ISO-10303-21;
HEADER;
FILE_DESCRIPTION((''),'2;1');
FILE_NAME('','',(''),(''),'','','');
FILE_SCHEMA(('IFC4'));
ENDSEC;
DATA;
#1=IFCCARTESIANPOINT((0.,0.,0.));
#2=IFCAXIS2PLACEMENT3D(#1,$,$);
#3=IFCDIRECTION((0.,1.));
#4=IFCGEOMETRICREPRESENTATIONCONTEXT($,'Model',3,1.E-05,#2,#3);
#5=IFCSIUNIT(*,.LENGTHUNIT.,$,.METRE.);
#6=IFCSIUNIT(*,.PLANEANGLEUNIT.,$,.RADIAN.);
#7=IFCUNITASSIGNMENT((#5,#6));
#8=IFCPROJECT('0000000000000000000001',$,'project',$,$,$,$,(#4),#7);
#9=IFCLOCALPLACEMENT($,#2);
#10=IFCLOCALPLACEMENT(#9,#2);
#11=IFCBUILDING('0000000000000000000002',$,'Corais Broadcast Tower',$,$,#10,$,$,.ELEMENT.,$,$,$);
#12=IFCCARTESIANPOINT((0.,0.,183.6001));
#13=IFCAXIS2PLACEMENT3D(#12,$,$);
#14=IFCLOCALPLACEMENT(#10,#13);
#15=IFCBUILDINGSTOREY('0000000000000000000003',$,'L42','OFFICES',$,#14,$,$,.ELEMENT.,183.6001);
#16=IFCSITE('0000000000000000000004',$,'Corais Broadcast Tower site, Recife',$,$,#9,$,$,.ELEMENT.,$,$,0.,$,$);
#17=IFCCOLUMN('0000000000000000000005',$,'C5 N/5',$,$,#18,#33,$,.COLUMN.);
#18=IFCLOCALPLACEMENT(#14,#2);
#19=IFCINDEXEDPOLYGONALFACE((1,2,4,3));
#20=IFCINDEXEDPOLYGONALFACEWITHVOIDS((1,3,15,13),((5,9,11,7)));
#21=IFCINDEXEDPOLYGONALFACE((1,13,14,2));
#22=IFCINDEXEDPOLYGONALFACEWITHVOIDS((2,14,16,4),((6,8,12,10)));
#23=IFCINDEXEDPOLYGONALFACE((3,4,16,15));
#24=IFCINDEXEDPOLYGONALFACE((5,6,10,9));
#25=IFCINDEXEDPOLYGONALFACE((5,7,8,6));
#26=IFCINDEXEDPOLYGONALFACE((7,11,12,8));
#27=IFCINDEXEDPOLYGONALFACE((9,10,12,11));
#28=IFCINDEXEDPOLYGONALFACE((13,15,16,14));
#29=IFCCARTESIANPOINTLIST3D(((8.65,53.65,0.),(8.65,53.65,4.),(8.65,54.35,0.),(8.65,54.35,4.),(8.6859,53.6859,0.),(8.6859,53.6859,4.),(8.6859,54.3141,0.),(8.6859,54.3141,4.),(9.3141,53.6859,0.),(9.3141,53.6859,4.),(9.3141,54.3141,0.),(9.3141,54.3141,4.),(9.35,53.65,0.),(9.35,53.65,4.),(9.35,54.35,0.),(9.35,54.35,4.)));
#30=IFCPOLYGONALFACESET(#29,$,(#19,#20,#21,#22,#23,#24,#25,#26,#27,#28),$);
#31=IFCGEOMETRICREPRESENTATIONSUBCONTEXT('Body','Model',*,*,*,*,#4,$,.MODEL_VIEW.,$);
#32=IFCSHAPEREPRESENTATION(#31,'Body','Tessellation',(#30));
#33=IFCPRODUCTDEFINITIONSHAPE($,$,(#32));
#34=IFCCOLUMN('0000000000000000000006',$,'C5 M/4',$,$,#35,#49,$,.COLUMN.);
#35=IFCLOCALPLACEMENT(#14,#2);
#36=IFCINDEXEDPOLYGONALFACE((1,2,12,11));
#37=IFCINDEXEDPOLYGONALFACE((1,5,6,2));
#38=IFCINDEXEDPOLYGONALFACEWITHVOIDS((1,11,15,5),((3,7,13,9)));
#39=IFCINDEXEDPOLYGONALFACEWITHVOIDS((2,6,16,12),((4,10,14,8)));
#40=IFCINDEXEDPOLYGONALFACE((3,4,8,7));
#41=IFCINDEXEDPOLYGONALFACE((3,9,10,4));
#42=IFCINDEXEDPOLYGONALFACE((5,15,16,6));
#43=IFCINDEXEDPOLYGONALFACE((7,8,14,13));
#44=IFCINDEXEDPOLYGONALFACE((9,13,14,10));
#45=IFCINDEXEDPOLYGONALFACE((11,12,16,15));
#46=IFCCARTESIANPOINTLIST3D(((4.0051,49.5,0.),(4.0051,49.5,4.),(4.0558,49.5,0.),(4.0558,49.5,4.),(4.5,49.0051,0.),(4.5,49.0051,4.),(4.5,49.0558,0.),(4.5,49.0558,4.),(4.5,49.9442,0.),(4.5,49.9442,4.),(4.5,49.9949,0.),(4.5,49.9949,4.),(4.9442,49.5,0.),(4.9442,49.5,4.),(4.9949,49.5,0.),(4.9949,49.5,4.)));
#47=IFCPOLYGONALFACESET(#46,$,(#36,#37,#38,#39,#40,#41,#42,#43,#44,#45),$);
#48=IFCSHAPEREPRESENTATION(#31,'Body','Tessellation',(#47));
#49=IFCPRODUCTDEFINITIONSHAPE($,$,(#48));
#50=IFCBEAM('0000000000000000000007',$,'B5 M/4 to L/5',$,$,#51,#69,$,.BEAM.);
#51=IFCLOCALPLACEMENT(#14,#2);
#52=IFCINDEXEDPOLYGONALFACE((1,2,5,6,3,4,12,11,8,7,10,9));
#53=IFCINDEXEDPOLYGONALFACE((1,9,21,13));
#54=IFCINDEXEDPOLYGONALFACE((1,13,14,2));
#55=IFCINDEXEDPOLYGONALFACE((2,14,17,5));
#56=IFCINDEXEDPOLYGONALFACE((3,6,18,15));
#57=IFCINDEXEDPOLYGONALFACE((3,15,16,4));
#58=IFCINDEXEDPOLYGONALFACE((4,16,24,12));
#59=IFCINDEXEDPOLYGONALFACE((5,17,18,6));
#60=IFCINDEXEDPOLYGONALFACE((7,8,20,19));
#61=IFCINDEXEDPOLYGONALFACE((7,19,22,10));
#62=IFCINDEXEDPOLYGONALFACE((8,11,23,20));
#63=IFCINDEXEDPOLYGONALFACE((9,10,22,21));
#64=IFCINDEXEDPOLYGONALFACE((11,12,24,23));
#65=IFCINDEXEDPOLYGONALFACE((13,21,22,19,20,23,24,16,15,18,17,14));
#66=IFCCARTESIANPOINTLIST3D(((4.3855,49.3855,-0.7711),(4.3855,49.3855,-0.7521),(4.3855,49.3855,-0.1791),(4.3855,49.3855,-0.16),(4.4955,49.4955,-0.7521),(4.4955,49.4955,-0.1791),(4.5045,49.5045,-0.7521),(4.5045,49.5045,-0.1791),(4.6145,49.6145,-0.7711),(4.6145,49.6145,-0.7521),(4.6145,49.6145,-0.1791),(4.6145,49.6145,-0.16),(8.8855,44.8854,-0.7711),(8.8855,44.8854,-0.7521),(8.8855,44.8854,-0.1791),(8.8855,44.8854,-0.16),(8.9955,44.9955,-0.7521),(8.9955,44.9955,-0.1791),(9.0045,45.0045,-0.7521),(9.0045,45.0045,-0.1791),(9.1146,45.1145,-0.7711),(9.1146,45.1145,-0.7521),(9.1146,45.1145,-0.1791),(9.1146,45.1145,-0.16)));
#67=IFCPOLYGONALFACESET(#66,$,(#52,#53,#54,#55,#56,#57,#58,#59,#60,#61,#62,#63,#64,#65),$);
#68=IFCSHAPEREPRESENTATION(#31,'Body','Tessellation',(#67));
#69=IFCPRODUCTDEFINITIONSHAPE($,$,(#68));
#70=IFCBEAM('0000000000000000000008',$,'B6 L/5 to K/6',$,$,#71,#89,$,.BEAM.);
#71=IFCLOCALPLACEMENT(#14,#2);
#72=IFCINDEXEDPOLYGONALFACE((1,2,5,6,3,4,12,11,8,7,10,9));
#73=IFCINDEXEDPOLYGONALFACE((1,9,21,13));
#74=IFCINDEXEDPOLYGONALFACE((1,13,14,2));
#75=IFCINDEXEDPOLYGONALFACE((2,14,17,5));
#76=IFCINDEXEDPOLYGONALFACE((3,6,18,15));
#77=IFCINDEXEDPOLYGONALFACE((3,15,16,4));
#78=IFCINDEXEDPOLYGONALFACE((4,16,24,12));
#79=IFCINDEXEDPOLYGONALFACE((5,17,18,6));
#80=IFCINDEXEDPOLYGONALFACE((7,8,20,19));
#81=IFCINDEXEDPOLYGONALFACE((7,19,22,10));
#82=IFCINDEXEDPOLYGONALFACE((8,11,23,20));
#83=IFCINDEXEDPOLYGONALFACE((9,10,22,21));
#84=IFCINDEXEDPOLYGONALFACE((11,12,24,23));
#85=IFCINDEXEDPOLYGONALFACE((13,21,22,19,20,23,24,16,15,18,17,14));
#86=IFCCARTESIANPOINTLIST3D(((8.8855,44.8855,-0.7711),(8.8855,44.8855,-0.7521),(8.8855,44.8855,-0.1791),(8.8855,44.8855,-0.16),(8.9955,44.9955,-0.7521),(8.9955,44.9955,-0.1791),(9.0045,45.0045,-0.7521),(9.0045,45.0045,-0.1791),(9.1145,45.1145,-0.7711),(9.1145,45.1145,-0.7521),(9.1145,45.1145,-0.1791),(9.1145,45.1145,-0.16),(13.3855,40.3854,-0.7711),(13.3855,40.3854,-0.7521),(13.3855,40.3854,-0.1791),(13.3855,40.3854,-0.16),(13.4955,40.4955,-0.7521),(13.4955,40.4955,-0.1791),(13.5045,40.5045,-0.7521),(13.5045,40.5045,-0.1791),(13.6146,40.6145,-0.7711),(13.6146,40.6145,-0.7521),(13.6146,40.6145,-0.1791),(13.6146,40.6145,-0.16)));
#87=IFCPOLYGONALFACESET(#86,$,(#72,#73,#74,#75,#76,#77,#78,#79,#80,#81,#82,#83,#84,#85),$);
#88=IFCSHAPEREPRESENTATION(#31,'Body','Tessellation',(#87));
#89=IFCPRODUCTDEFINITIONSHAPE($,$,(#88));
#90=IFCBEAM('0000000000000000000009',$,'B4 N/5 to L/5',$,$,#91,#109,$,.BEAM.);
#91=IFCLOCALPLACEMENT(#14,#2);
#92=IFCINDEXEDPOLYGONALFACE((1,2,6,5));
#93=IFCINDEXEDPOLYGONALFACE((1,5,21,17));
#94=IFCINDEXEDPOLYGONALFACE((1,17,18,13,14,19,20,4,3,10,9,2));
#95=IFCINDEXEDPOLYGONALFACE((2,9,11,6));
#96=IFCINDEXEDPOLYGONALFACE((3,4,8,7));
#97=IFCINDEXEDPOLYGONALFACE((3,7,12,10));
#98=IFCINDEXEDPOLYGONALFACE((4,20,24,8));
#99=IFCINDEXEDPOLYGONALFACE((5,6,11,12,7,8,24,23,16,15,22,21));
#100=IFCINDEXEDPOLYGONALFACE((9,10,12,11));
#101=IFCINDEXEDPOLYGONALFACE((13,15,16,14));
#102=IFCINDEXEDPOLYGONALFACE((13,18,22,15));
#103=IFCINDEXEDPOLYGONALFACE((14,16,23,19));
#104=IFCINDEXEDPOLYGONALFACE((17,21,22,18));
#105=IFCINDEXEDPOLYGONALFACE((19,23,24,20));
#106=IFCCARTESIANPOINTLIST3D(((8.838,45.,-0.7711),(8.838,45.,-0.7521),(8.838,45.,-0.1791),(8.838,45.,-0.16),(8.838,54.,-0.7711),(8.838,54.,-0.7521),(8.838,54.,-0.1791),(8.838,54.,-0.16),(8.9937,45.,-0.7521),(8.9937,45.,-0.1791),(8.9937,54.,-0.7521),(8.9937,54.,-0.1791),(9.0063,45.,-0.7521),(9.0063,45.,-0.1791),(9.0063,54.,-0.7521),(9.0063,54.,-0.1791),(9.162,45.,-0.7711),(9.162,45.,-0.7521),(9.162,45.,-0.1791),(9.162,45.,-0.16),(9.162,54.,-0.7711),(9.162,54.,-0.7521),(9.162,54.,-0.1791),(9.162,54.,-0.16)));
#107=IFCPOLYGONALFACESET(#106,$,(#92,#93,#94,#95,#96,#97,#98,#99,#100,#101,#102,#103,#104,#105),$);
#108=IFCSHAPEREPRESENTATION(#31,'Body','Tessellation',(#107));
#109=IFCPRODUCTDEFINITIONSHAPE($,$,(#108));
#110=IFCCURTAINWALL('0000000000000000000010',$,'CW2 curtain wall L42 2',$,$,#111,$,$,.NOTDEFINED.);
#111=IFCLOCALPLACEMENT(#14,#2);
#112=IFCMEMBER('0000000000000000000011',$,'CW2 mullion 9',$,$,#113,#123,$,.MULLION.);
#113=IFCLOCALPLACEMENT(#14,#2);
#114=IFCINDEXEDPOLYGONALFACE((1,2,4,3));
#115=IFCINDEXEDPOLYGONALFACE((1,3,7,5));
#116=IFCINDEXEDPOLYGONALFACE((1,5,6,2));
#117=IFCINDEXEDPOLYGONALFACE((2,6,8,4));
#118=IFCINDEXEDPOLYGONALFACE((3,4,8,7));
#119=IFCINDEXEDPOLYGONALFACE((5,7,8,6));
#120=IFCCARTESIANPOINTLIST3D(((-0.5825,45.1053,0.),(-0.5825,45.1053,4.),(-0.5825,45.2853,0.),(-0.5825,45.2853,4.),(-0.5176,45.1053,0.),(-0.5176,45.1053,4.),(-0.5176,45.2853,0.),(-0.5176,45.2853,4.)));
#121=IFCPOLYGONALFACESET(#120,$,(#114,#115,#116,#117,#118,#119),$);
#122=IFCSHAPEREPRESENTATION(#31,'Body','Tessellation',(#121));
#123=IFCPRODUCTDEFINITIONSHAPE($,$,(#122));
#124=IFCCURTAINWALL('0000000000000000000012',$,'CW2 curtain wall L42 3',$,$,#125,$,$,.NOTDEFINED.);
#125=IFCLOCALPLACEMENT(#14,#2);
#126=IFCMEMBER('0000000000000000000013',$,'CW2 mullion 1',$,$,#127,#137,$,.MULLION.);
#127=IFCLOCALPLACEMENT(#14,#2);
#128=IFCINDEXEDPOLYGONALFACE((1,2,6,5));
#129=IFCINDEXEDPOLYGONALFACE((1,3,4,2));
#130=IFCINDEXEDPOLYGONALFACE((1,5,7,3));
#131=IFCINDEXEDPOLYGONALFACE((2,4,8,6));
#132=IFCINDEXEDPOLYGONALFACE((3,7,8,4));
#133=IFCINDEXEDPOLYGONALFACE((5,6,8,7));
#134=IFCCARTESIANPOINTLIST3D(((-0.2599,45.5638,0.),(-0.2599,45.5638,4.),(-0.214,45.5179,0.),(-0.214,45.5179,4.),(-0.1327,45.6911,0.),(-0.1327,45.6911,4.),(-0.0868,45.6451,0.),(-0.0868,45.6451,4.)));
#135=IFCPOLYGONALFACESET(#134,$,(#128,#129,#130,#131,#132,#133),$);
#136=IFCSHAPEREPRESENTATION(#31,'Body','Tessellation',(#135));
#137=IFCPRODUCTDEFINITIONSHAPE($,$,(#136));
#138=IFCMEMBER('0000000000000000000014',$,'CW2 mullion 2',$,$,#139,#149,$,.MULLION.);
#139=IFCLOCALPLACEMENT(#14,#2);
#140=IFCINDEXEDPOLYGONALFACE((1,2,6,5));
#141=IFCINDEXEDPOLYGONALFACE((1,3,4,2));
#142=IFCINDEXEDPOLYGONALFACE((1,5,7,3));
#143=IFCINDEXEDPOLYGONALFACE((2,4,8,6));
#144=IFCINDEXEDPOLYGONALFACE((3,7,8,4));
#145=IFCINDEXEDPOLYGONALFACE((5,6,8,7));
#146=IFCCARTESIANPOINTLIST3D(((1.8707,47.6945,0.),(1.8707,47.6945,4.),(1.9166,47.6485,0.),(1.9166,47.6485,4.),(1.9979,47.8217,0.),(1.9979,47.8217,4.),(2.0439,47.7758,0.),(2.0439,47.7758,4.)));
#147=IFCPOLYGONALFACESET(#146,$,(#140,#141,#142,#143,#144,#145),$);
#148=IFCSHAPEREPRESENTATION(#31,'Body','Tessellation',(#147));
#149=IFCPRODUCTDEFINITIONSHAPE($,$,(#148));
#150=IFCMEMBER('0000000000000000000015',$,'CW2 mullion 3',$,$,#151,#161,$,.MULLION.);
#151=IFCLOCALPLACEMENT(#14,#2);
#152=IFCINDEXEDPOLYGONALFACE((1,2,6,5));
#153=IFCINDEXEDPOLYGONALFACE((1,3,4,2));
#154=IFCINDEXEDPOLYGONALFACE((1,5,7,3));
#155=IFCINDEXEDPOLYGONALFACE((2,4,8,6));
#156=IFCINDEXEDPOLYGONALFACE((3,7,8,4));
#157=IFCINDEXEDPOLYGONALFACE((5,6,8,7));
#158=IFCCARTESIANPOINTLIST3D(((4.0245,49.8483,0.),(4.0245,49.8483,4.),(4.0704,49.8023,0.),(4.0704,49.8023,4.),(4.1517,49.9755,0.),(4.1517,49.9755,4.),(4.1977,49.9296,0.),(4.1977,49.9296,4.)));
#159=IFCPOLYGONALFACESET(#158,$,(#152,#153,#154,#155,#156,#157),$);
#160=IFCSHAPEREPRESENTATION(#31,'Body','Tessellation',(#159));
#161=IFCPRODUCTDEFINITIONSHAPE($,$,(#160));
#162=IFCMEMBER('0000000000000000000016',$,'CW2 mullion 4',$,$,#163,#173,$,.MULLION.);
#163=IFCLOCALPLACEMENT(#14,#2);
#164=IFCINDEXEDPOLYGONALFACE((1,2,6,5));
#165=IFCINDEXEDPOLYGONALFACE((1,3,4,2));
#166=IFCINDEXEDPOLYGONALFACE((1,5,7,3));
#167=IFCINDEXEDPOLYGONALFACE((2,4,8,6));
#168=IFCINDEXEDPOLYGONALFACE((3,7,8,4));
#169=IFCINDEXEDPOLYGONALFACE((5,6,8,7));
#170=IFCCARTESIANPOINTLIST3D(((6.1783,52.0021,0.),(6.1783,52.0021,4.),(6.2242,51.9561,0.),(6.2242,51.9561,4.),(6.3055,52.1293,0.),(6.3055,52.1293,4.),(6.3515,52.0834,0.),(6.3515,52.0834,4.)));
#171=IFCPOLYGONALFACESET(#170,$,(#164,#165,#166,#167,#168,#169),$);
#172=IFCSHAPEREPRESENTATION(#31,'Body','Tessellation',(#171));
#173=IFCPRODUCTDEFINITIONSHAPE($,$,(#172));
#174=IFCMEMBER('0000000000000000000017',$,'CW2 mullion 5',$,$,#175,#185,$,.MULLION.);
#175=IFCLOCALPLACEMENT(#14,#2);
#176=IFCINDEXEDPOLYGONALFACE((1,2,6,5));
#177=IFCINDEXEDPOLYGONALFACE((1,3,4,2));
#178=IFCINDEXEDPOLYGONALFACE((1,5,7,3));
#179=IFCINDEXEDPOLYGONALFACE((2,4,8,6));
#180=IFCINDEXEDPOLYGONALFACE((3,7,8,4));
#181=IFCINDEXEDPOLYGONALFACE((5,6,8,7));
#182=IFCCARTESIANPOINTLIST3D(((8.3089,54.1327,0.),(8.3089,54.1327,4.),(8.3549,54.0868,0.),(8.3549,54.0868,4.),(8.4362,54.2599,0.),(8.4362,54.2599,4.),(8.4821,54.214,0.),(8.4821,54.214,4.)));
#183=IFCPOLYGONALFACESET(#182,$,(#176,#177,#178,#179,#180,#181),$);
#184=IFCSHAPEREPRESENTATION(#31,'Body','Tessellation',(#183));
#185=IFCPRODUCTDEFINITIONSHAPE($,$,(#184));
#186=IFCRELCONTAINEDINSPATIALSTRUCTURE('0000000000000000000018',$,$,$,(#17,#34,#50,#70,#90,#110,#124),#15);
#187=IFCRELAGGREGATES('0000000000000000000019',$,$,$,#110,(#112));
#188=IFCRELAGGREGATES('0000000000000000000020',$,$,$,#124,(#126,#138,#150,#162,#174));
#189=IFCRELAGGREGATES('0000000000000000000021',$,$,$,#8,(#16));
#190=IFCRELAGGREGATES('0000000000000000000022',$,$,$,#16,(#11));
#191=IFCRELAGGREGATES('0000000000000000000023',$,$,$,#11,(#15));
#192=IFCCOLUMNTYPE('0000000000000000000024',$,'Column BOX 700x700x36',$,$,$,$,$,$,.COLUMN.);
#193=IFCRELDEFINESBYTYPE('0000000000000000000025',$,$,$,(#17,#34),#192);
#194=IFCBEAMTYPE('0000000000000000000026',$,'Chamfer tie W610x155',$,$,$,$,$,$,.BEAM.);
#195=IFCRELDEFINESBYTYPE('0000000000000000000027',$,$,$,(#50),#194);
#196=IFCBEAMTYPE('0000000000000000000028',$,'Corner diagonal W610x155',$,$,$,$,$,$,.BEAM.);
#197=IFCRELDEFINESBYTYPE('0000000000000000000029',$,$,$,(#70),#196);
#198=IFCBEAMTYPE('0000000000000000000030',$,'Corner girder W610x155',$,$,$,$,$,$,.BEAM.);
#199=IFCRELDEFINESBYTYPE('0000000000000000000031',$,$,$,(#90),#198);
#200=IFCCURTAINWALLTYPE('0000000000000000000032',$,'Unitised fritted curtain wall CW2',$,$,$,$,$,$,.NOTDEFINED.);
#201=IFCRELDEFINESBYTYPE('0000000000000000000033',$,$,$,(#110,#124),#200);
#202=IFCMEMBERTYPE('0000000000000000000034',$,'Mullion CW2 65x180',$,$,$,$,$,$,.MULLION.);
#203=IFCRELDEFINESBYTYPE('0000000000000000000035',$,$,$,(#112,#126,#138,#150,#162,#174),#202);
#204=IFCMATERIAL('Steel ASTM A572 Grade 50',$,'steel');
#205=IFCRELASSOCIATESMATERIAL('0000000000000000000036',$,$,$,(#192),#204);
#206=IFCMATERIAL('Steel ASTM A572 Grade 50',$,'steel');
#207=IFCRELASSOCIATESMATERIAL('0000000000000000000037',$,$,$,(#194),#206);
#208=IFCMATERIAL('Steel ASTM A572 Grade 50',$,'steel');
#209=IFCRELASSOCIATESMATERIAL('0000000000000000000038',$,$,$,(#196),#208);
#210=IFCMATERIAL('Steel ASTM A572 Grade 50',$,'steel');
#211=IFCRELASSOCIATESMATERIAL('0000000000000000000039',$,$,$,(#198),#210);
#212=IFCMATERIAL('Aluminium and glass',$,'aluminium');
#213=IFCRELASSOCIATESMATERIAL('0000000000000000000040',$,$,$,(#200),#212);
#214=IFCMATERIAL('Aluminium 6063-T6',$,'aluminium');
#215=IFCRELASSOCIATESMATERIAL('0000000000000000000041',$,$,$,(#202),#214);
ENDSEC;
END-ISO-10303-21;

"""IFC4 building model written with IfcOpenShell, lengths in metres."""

from ifc_helpers import new_model, si_unit, direction, frame, origin, origin_2d, place, context, subcontext, project, spatial, rectangle, hollow_rectangle, i_section, extrude, material, material_profile, profile_set, type_object, element, aggregate, save


model = new_model("IFC4")

# Units and contexts
model_context = context("Model", 3, precision=1e-05, world=origin(), true_north=direction((0.0, 1.0)))
body_context = subcontext(model_context, "Body", "Model", "MODEL_VIEW")
ifc_project = project(units=[si_unit("LENGTHUNIT", "METRE"), si_unit("PLANEANGLEUNIT", "RADIAN")], contexts=[model_context])

# Site, building, storey
site_placement = place(None, origin())
site = spatial("IfcSite", under=ifc_project, at=site_placement, Name="Corais Broadcast Tower site, Recife", CompositionType="ELEMENT", RefElevation=0.0)
building_placement = place(site_placement, origin())
building = spatial("IfcBuilding", under=site, at=building_placement, Name="Corais Broadcast Tower", CompositionType="ELEMENT")
storey_placement = place(building_placement, frame((0.0, 0.0, 183.6001)))
storey = spatial("IfcBuildingStorey", under=building, at=storey_placement, Name="L42", Description="OFFICES", CompositionType="ELEMENT", Elevation=183.6001)

# Columns
ifc_material_1 = material(Name="Steel ASTM A572 Grade 50", Category="steel")
ifc_material_profile_1 = material_profile(ifc_material_1, hollow_rectangle(XDim=0.7, YDim=0.7, WallThickness=0.0359, at=origin_2d()), Name="BOX 700x700x36")
ifc_profile_set_1 = profile_set([ifc_material_profile_1], Name="Steel ASTM A572 Grade 50")
column_type = type_object("IfcColumnType", Name="Column BOX 700x700x36", PredefinedType="COLUMN", material=ifc_profile_set_1)
for number, where, z_axis, x_axis, name in (
    (1, (9.0, 54.0, 0.0), (0.0, 0.0, 1.0), (1.0, 0.0, 0.0), "C5 N/5"),
    (2, (4.5, 49.5, 0.0), (0.0, 0.0, 1.0), (0.707107, 0.707107, 0.0), "C5 M/4"),
):
    element("IfcColumn", number, at=place(storey_placement, frame(where, z_axis=z_axis, x_axis=x_axis)), inside=storey, type_object=column_type, Name=name, PredefinedType="COLUMN", context=body_context, shape_type="SweptSolid", body=[
        extrude(hollow_rectangle(XDim=0.7, YDim=0.7, WallThickness=0.0359, at=origin_2d()), origin(), (0.0, 0.0, 1.0), 4.0),
    ])

# Beams
ifc_material_2 = material(Name="Steel ASTM A572 Grade 50", Category="steel")
ifc_material_profile_2 = material_profile(ifc_material_2, i_section(OverallWidth=0.324, OverallDepth=0.6111, WebThickness=0.0127, FlangeThickness=0.019, at=origin_2d()), Name="W610x155")
ifc_profile_set_2 = profile_set([ifc_material_profile_2], Name="Steel ASTM A572 Grade 50")
beam_type_1 = type_object("IfcBeamType", Name="Chamfer tie W610x155", PredefinedType="BEAM", material=ifc_profile_set_2)
beam_1_placement = place(storey_placement, frame((4.5, 49.5, -0.4656), z_axis=(0.707107, -0.707107, 0.0), x_axis=(0.707107, 0.707107, 0.0)))
element("IfcBeam", 3, at=beam_1_placement, inside=storey, type_object=beam_type_1, Name="B5 M/4 to L/5", PredefinedType="BEAM", context=body_context, shape_type="SweptSolid", body=[
    extrude(i_section(OverallWidth=0.324, OverallDepth=0.6111, WebThickness=0.0127, FlangeThickness=0.019, at=origin_2d()), origin(), (0.0, 0.0, 1.0), 6.364),
])
ifc_material_3 = material(Name="Steel ASTM A572 Grade 50", Category="steel")
ifc_material_profile_3 = material_profile(ifc_material_3, i_section(OverallWidth=0.324, OverallDepth=0.6111, WebThickness=0.0127, FlangeThickness=0.019, at=origin_2d()), Name="W610x155")
ifc_profile_set_3 = profile_set([ifc_material_profile_3], Name="Steel ASTM A572 Grade 50")
beam_type_2 = type_object("IfcBeamType", Name="Corner diagonal W610x155", PredefinedType="BEAM", material=ifc_profile_set_3)
beam_2_placement = place(storey_placement, frame((9.0, 45.0, -0.4656), z_axis=(0.707107, -0.707107, 0.0), x_axis=(0.707107, 0.707107, 0.0)))
element("IfcBeam", 4, at=beam_2_placement, inside=storey, type_object=beam_type_2, Name="B6 L/5 to K/6", PredefinedType="BEAM", context=body_context, shape_type="SweptSolid", body=[
    extrude(i_section(OverallWidth=0.324, OverallDepth=0.6111, WebThickness=0.0127, FlangeThickness=0.019, at=origin_2d()), origin(), (0.0, 0.0, 1.0), 6.364),
])
ifc_material_4 = material(Name="Steel ASTM A572 Grade 50", Category="steel")
ifc_material_profile_4 = material_profile(ifc_material_4, i_section(OverallWidth=0.324, OverallDepth=0.6111, WebThickness=0.0127, FlangeThickness=0.019, at=origin_2d()), Name="W610x155")
ifc_profile_set_4 = profile_set([ifc_material_profile_4], Name="Steel ASTM A572 Grade 50")
beam_type_3 = type_object("IfcBeamType", Name="Corner girder W610x155", PredefinedType="BEAM", material=ifc_profile_set_4)
beam_3_placement = place(storey_placement, frame((9.0, 54.0, -0.4656), z_axis=(0.0, -1.0, 0.0), x_axis=(1.0, 0.0, 0.0)))
element("IfcBeam", 5, at=beam_3_placement, inside=storey, type_object=beam_type_3, Name="B4 N/5 to L/5", PredefinedType="BEAM", context=body_context, shape_type="SweptSolid", body=[
    extrude(i_section(OverallWidth=0.324, OverallDepth=0.6111, WebThickness=0.0127, FlangeThickness=0.019, at=origin_2d()), origin(), (0.0, 0.0, 1.0), 9.0),
])

# Curtain wall, member
ifc_material_5 = material(Name="Aluminium and glass", Category="aluminium")
curtain_wall_type = type_object("IfcCurtainWallType", Name="Unitised fritted curtain wall CW2", PredefinedType="NOTDEFINED", material=ifc_material_5)
curtain_wall_1_placement = place(storey_placement, origin())
curtain_wall_1 = element("IfcCurtainWall", 6, at=curtain_wall_1_placement, inside=storey, type_object=curtain_wall_type, Name="CW2 curtain wall L42 2", PredefinedType="NOTDEFINED")
ifc_material_6 = material(Name="Aluminium 6063-T6", Category="aluminium")
ifc_material_profile_5 = material_profile(ifc_material_6, rectangle(XDim=0.0649, YDim=0.1799, at=origin_2d()), Name="Mullion CW2 65x180")
ifc_profile_set_5 = profile_set([ifc_material_profile_5], Name="Aluminium 6063-T6")
member_type_1 = type_object("IfcMemberType", Name="Mullion CW2 65x180", PredefinedType="MULLION", material=ifc_profile_set_5)
member_1_placement = place(storey_placement, frame((-0.55, 45.1953, 0.0), z_axis=(0.0, 0.0, 1.0), x_axis=(-1.0, 0.0, 0.0)))
member_1 = element("IfcMember", 7, at=member_1_placement, type_object=member_type_1, Name="CW2 mullion 9", PredefinedType="MULLION", context=body_context, shape_type="SweptSolid", body=[
    extrude(rectangle(XDim=0.0649, YDim=0.1799, at=origin_2d()), origin(), (0.0, 0.0, 1.0), 4.0),
])
aggregate(curtain_wall_1, [member_1])

# Curtain wall, members
curtain_wall_2_placement = place(storey_placement, origin())
curtain_wall_2 = element("IfcCurtainWall", 8, at=curtain_wall_2_placement, inside=storey, type_object=curtain_wall_type, Name="CW2 curtain wall L42 3", PredefinedType="NOTDEFINED")
member_2_placement = place(storey_placement, frame((-0.1733, 45.6045, 0.0), z_axis=(0.0, 0.0, 1.0), x_axis=(-0.707107, 0.707107, 0.0)))
member_2 = element("IfcMember", 9, at=member_2_placement, type_object=member_type_1, Name="CW2 mullion 1", PredefinedType="MULLION", context=body_context, shape_type="SweptSolid", body=[
    extrude(rectangle(XDim=0.0649, YDim=0.1799, at=origin_2d()), origin(), (0.0, 0.0, 1.0), 4.0),
])
member_3_placement = place(storey_placement, frame((1.9573, 47.7351, 0.0), z_axis=(0.0, 0.0, 1.0), x_axis=(-0.707107, 0.707107, 0.0)))
member_3 = element("IfcMember", 10, at=member_3_placement, type_object=member_type_1, Name="CW2 mullion 2", PredefinedType="MULLION", context=body_context, shape_type="SweptSolid", body=[
    extrude(rectangle(XDim=0.0649, YDim=0.1799, at=origin_2d()), origin(), (0.0, 0.0, 1.0), 4.0),
])
member_4_placement = place(storey_placement, frame((4.1111, 49.8889, 0.0), z_axis=(0.0, 0.0, 1.0), x_axis=(-0.707107, 0.707107, 0.0)))
member_4 = element("IfcMember", 11, at=member_4_placement, type_object=member_type_1, Name="CW2 mullion 3", PredefinedType="MULLION", context=body_context, shape_type="SweptSolid", body=[
    extrude(rectangle(XDim=0.0649, YDim=0.1799, at=origin_2d()), origin(), (0.0, 0.0, 1.0), 4.0),
])
member_5_placement = place(storey_placement, frame((6.2649, 52.0427, 0.0), z_axis=(0.0, 0.0, 1.0), x_axis=(-0.707107, 0.707107, 0.0)))
member_5 = element("IfcMember", 12, at=member_5_placement, type_object=member_type_1, Name="CW2 mullion 4", PredefinedType="MULLION", context=body_context, shape_type="SweptSolid", body=[
    extrude(rectangle(XDim=0.0649, YDim=0.1799, at=origin_2d()), origin(), (0.0, 0.0, 1.0), 4.0),
])
member_6_placement = place(storey_placement, frame((8.3955, 54.1733, 0.0), z_axis=(0.0, 0.0, 1.0), x_axis=(-0.707107, 0.707107, 0.0)))
member_6 = element("IfcMember", 13, at=member_6_placement, type_object=member_type_1, Name="CW2 mullion 5", PredefinedType="MULLION", context=body_context, shape_type="SweptSolid", body=[
    extrude(rectangle(XDim=0.0649, YDim=0.1799, at=origin_2d()), origin(), (0.0, 0.0, 1.0), 4.0),
])

aggregate(curtain_wall_2, [member_2, member_3, member_4, member_5, member_6])

save(model, "model.ifc")
